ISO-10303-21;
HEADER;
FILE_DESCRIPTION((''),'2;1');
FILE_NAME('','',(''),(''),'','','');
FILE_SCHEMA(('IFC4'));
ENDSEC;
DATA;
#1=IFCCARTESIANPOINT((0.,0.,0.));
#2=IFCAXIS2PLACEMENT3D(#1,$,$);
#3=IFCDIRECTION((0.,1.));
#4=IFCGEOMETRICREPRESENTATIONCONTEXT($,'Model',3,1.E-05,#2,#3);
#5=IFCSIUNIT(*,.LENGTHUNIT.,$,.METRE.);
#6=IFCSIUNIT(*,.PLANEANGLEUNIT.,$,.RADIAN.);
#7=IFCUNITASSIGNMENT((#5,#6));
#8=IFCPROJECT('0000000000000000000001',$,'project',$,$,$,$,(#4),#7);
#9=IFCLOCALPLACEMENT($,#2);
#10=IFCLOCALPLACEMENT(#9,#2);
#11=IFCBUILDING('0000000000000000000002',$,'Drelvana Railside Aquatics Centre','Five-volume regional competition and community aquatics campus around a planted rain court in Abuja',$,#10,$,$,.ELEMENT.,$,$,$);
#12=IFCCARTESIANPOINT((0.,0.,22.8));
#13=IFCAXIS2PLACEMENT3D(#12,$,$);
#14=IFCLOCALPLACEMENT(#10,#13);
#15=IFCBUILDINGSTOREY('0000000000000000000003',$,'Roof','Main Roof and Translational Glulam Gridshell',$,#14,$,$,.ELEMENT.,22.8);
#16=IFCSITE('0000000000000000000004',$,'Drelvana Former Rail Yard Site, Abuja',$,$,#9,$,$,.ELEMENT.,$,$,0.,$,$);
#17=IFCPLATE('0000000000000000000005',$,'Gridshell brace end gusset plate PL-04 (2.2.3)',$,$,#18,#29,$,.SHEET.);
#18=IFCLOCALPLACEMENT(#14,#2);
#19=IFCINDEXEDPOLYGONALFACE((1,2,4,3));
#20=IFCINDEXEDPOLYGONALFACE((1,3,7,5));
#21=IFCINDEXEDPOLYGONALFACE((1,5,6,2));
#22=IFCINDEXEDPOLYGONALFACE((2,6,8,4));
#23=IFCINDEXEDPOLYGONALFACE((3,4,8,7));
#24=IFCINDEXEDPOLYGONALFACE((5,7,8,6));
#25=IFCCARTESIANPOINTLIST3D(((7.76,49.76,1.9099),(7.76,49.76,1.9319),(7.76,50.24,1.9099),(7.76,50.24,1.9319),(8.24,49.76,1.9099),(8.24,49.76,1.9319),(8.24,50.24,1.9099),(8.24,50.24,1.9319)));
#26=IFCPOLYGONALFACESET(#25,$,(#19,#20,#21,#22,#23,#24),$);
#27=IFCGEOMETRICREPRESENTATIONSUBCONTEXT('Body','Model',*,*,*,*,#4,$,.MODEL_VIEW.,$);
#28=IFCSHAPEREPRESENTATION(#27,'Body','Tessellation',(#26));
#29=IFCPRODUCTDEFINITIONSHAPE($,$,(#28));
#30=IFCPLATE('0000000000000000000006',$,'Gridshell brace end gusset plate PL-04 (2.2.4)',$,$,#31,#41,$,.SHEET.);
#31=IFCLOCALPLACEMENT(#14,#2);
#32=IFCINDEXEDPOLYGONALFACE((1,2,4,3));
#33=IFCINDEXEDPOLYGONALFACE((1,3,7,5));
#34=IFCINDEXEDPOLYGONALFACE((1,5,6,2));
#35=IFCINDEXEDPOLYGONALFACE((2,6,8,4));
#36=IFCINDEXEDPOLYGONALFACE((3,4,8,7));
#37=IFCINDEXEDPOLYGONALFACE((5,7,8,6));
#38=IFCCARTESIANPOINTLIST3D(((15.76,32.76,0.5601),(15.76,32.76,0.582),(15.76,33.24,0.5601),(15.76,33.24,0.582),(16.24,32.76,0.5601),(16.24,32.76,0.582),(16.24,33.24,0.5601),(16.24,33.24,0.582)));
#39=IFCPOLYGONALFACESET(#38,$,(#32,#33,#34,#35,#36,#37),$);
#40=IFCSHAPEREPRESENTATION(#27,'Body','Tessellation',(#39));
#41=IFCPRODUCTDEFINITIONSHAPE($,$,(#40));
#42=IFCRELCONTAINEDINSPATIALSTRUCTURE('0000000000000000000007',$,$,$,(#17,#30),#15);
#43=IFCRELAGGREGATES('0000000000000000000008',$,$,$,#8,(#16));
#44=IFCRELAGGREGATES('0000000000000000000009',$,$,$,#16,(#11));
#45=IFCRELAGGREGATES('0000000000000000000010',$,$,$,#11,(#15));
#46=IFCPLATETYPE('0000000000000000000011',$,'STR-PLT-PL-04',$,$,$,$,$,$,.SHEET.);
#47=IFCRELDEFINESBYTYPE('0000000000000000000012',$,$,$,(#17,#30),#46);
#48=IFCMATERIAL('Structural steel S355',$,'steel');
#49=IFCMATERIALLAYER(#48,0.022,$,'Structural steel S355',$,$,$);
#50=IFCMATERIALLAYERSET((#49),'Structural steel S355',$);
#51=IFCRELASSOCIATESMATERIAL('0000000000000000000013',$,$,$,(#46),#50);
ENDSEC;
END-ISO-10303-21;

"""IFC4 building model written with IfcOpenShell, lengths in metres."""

from ifc_helpers import new_model, si_unit, direction, frame, origin, origin_2d, place, context, subcontext, project, spatial, rectangle, extrude, material, layer, layer_set, type_object, element, save


model = new_model("IFC4")

# Units and contexts
model_context = context("Model", 3, precision=1e-05, world=origin(), true_north=direction((0.0, 1.0)))
body_context = subcontext(model_context, "Body", "Model", "MODEL_VIEW")
ifc_project = project(units=[si_unit("LENGTHUNIT", "METRE"), si_unit("PLANEANGLEUNIT", "RADIAN")], contexts=[model_context])

# Site, building, storey
site_placement = place(None, origin())
site = spatial("IfcSite", under=ifc_project, at=site_placement, Name="Drelvana Former Rail Yard Site, Abuja", CompositionType="ELEMENT", RefElevation=0.0)
building_placement = place(site_placement, origin())
building = spatial("IfcBuilding", under=site, at=building_placement, Name="Drelvana Railside Aquatics Centre", Description="Five-volume regional competition and community aquatics campus around a planted rain court in Abuja", CompositionType="ELEMENT")
storey_placement = place(building_placement, frame((0.0, 0.0, 22.8)))
storey = spatial("IfcBuildingStorey", under=building, at=storey_placement, Name="Roof", Description="Main Roof and Translational Glulam Gridshell", CompositionType="ELEMENT", Elevation=22.8)

# Shared definitions
ifc_material_1 = material(Name="Structural steel S355", Category="steel")

# Plates
ifc_layer_1 = layer(ifc_material_1, 0.022, Name="Structural steel S355")
ifc_layer_set_1 = layer_set([ifc_layer_1], Name="Structural steel S355")
plate_type = type_object("IfcPlateType", Name="STR-PLT-PL-04", PredefinedType="SHEET", material=ifc_layer_set_1)
for number, where, z_axis, x_axis, name in (
    (1, (8.0, 50.0, 1.9099), (0.0, 0.0, 1.0), (1.0, 0.0, 0.0), "Gridshell brace end gusset plate PL-04 (2.2.3)"),
    (2, (16.0, 33.0, 0.5601), (0.0, 0.0, 1.0), (1.0, 0.0, 0.0), "Gridshell brace end gusset plate PL-04 (2.2.4)"),
):
    element("IfcPlate", number, at=place(storey_placement, frame(where, z_axis=z_axis, x_axis=x_axis)), inside=storey, type_object=plate_type, Name=name, PredefinedType="SHEET", context=body_context, shape_type="SweptSolid", body=[
        extrude(rectangle(XDim=0.48, YDim=0.48, at=origin_2d()), origin(), (0.0, 0.0, 1.0), 0.022),
    ])

save(model, "model.ifc")
